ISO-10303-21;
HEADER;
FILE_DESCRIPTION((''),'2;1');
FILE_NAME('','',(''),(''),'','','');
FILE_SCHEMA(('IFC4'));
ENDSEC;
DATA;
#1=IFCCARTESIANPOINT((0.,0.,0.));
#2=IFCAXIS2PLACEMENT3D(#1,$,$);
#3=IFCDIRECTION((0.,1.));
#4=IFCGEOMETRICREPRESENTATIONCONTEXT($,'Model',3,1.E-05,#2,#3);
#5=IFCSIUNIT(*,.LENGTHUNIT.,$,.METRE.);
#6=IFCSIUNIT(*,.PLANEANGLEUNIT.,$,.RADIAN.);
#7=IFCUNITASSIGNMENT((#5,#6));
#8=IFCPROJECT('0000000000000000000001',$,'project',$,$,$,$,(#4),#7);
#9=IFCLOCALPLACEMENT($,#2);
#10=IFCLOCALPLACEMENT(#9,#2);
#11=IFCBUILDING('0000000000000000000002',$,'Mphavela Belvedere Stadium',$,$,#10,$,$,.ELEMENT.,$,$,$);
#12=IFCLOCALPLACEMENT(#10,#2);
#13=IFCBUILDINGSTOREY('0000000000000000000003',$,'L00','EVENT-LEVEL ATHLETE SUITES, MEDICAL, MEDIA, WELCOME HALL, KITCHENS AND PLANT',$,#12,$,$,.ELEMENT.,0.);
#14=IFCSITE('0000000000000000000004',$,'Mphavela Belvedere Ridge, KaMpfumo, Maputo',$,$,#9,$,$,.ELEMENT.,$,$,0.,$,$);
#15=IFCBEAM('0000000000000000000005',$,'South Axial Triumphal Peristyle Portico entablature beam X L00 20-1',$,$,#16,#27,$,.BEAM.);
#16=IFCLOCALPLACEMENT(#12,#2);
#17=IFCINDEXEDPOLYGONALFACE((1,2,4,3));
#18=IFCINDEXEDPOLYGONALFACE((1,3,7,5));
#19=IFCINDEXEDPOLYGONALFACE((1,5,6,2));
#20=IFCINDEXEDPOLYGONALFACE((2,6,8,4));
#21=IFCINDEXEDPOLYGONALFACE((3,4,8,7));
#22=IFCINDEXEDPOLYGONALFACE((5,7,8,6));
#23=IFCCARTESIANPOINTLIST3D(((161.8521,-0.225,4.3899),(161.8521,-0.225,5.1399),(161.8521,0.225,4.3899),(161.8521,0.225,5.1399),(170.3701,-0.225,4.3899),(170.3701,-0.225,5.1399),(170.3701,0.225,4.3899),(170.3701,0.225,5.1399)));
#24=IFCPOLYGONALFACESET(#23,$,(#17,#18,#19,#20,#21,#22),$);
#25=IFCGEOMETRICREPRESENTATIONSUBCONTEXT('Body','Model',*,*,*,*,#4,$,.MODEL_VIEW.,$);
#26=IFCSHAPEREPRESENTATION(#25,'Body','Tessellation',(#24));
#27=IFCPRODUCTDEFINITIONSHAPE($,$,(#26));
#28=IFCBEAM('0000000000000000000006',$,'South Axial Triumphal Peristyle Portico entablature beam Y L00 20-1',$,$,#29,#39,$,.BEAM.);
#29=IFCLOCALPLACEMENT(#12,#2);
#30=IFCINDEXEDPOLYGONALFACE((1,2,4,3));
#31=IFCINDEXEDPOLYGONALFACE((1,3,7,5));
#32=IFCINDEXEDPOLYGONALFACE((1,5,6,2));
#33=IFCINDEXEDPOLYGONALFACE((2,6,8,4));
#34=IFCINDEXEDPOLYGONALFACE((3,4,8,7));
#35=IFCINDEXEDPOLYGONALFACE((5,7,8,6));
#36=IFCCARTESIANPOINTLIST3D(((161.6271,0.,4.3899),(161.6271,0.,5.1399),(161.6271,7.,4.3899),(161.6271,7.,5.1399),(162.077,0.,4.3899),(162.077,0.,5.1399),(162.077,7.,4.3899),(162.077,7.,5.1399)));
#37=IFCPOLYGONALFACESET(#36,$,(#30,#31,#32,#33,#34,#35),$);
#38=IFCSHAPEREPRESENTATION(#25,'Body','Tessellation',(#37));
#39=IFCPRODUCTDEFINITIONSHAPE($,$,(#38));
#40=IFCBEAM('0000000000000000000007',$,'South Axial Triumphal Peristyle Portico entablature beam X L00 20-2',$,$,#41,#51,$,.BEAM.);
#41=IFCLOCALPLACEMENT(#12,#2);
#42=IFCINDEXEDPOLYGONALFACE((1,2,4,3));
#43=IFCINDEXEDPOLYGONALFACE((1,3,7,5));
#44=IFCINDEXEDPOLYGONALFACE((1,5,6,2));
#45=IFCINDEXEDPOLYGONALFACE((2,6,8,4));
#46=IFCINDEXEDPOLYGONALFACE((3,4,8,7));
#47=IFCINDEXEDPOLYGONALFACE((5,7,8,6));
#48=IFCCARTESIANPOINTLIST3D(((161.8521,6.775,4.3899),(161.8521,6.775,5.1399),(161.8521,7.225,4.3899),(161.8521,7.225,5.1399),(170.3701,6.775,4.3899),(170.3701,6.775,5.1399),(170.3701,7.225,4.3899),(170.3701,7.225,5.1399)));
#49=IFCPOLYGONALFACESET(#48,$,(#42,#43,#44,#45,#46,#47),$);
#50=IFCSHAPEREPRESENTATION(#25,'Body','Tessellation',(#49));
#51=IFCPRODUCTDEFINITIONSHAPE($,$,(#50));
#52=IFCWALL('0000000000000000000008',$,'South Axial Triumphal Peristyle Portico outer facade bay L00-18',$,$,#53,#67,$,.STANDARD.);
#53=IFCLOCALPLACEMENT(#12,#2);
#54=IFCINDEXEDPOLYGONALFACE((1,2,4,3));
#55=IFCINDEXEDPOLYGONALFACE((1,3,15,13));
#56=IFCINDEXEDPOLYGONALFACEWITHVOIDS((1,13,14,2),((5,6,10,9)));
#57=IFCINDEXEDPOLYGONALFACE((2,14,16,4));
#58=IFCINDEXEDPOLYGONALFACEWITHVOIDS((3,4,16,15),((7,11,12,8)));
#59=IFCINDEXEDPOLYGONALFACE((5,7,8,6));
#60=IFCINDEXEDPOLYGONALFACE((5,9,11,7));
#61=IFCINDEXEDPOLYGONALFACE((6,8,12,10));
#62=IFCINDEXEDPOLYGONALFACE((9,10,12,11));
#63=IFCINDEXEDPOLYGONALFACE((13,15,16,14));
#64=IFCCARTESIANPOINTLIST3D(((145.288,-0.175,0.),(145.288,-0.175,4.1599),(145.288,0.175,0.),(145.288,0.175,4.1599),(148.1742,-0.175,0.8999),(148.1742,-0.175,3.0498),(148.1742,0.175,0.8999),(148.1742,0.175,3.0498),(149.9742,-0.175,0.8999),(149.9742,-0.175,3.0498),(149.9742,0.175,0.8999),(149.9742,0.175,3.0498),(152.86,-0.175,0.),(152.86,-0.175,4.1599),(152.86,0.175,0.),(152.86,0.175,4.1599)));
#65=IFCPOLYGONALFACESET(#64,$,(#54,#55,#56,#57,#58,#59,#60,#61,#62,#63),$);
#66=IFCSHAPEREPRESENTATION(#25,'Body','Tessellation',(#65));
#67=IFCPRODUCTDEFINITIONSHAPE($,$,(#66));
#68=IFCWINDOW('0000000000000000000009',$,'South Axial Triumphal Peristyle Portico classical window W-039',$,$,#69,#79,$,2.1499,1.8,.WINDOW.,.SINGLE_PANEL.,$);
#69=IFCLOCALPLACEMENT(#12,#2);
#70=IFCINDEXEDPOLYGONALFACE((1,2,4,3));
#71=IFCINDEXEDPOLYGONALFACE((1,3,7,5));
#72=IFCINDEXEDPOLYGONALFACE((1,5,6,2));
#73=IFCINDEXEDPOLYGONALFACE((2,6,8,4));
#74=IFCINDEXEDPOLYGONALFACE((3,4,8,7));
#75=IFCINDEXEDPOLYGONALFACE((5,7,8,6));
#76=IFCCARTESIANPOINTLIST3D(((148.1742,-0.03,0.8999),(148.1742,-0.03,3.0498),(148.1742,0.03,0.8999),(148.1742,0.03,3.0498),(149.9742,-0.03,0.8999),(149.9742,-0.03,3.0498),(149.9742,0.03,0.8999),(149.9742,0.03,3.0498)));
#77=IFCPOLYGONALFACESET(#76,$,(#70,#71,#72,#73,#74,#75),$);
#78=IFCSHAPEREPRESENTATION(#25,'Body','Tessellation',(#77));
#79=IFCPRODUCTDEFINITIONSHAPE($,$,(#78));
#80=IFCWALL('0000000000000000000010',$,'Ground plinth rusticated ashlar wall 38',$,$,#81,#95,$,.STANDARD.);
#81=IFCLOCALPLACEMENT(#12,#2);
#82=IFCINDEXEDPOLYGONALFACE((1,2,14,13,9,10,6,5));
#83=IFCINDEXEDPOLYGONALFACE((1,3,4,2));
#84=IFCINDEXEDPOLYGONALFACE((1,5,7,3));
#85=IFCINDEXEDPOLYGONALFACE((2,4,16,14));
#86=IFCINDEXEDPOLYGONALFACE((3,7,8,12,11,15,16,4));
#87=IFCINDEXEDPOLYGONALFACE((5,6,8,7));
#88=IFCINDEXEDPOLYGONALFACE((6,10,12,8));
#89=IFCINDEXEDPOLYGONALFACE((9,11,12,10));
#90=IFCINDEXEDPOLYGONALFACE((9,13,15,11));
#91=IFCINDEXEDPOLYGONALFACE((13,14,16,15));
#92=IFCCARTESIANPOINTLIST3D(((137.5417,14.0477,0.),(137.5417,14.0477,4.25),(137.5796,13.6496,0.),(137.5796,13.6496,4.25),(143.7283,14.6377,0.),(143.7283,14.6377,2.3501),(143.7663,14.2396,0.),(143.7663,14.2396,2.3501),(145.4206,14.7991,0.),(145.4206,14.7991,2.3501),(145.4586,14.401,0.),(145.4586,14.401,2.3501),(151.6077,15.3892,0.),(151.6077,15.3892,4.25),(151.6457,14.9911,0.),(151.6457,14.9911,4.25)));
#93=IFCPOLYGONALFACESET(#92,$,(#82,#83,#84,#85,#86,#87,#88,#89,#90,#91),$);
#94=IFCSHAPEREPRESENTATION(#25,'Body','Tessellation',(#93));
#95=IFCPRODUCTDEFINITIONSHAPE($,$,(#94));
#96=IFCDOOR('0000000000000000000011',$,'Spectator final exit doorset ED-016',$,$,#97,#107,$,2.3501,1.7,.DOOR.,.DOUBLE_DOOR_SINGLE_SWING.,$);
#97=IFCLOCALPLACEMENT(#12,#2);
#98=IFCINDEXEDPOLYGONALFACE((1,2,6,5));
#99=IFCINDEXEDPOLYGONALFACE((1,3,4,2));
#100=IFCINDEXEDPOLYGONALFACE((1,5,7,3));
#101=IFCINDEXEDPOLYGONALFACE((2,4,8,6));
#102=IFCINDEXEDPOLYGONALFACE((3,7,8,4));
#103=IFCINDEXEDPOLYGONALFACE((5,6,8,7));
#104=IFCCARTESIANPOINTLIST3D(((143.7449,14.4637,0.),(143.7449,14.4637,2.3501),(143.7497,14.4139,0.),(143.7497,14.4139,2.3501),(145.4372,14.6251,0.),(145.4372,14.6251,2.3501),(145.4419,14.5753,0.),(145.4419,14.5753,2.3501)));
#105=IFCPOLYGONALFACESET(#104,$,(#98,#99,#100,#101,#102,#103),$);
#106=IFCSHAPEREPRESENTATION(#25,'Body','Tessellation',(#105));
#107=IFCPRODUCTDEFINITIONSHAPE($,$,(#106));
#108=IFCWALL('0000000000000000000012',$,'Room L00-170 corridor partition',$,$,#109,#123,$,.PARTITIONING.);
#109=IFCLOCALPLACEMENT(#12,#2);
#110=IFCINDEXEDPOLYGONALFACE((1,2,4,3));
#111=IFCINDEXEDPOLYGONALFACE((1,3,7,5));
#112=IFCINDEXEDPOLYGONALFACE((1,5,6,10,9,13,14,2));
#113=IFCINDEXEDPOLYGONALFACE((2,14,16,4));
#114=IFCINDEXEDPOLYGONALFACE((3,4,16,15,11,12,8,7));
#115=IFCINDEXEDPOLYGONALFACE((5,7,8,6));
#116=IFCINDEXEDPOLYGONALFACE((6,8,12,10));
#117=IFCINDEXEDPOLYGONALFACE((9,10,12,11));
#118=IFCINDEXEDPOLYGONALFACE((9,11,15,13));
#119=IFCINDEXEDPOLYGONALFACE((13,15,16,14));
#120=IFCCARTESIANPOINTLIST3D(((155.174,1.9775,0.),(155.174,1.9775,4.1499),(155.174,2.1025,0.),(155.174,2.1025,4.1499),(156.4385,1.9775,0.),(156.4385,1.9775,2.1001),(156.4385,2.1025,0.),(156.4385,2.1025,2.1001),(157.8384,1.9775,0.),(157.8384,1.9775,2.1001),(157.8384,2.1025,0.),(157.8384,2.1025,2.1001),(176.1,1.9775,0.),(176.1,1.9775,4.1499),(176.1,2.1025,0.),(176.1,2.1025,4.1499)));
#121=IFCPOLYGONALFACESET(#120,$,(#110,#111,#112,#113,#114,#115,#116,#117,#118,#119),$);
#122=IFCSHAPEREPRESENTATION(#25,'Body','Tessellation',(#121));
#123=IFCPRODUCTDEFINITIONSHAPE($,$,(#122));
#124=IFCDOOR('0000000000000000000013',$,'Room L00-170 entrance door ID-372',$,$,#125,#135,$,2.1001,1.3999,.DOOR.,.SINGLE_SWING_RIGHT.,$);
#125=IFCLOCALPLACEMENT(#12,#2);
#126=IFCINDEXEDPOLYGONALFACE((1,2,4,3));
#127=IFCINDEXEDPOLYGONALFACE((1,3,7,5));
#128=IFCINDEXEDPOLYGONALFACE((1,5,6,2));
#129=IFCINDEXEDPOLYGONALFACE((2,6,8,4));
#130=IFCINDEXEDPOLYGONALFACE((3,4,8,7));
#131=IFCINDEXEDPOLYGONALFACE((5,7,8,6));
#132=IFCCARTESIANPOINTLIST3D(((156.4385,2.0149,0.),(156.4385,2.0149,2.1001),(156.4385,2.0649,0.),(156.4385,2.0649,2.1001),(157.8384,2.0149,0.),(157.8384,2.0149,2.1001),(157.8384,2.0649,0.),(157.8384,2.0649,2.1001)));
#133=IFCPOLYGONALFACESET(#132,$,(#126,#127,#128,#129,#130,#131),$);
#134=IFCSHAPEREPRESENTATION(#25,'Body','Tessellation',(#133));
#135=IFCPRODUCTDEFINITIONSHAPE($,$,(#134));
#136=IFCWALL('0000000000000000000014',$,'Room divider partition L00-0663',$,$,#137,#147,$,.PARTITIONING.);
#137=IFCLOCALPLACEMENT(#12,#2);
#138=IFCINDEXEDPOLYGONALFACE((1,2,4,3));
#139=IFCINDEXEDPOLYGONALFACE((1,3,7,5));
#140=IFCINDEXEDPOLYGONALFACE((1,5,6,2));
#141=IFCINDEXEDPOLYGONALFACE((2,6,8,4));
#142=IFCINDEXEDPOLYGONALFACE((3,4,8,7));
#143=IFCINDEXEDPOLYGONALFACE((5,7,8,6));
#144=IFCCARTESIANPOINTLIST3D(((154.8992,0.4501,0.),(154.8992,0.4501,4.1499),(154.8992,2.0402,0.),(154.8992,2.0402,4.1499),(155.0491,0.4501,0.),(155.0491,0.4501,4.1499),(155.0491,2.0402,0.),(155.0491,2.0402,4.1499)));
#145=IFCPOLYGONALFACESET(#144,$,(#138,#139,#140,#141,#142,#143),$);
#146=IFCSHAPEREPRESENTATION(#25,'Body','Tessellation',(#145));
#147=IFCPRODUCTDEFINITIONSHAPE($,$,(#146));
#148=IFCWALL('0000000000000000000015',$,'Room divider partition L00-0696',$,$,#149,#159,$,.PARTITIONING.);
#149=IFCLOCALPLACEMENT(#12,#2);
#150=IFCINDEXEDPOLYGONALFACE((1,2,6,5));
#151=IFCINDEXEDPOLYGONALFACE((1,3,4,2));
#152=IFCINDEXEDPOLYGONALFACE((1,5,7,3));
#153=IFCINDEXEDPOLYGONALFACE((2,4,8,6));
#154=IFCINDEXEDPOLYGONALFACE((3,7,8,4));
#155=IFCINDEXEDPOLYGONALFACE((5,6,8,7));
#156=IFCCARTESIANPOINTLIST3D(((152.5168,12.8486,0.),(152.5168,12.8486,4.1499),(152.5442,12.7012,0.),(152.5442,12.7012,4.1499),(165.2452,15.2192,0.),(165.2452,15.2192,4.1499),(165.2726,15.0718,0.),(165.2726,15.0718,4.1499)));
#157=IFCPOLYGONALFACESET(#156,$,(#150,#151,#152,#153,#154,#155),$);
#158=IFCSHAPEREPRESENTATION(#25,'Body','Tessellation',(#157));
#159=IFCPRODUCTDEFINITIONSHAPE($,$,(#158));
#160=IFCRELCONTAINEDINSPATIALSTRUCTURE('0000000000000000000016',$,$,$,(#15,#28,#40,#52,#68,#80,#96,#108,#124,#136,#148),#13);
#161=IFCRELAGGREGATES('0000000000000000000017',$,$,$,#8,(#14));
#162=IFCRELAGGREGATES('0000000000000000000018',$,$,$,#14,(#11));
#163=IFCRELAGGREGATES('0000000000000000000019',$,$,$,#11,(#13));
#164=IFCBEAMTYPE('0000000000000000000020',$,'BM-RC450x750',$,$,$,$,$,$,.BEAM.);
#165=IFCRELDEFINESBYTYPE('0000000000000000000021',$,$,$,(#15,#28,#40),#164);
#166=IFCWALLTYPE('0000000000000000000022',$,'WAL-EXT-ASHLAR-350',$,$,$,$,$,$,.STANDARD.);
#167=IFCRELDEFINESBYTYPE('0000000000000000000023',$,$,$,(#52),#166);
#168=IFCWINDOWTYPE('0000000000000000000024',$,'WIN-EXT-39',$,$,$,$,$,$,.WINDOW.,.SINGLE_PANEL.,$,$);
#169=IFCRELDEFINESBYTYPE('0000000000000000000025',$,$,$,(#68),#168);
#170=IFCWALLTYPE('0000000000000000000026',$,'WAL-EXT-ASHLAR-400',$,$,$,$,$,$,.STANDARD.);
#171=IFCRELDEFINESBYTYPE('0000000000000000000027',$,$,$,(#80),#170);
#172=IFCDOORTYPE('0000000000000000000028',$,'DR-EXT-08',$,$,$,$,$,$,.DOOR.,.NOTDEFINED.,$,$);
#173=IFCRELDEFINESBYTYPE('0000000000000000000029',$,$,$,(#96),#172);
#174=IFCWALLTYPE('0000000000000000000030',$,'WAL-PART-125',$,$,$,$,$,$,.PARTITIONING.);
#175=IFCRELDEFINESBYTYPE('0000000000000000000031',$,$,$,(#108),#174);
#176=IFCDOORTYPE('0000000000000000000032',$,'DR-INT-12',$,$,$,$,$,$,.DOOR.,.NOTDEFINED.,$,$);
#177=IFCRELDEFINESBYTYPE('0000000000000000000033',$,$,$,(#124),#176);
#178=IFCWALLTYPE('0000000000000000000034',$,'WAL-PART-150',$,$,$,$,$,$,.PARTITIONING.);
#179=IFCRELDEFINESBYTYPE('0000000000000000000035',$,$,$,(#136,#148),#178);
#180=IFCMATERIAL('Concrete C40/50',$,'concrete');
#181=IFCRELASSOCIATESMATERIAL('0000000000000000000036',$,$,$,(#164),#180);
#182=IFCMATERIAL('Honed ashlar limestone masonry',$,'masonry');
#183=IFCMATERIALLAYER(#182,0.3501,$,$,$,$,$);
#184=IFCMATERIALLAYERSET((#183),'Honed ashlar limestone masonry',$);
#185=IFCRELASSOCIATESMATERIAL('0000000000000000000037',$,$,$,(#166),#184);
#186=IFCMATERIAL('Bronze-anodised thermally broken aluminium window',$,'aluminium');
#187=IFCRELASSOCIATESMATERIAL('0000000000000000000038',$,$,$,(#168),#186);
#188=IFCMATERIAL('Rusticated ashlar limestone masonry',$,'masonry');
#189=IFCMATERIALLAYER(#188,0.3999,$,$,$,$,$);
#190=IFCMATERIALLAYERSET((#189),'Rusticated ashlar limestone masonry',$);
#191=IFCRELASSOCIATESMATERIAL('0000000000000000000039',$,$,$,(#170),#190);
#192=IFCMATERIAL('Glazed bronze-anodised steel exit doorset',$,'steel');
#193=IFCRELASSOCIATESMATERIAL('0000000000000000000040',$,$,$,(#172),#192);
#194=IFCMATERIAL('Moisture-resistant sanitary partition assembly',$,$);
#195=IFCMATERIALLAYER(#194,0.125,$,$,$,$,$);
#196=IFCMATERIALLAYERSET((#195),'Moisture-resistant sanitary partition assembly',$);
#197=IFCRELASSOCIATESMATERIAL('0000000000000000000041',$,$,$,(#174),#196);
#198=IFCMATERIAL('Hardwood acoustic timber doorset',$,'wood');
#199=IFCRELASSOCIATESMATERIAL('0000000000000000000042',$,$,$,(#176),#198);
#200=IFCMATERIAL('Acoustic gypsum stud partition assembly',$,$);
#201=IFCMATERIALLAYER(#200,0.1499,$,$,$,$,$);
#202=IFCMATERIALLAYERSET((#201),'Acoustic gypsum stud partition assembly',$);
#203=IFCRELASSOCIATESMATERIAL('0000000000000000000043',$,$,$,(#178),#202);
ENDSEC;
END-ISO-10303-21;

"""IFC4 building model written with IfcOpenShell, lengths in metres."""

from ifc_helpers import new_model, si_unit, direction, frame, frame_2d, origin, origin_2d, place, context, subcontext, project, spatial, rectangle, extrude, material, layer, layer_set, material_profile, profile_set, type_object, element, fill, save


model = new_model("IFC4")

# Units and contexts
model_context = context("Model", 3, precision=1e-05, world=origin(), true_north=direction((0.0, 1.0)))
body_context = subcontext(model_context, "Body", "Model", "MODEL_VIEW")
ifc_project = project(units=[si_unit("LENGTHUNIT", "METRE"), si_unit("PLANEANGLEUNIT", "RADIAN")], contexts=[model_context])

# Site, building, storey
site_placement = place(None, origin())
site = spatial("IfcSite", under=ifc_project, at=site_placement, Name="Mphavela Belvedere Ridge, KaMpfumo, Maputo", CompositionType="ELEMENT", RefElevation=0.0)
building_placement = place(site_placement, origin())
building = spatial("IfcBuilding", under=site, at=building_placement, Name="Mphavela Belvedere Stadium", CompositionType="ELEMENT")
storey_placement = place(building_placement, origin())
storey = spatial("IfcBuildingStorey", under=building, at=storey_placement, Name="L00", Description="EVENT-LEVEL ATHLETE SUITES, MEDICAL, MEDIA, WELCOME HALL, KITCHENS AND PLANT", CompositionType="ELEMENT", Elevation=0.0)

# Beams
ifc_material_1 = material(Name="Concrete C40/50", Category="concrete")
ifc_material_profile_1 = material_profile(ifc_material_1, rectangle(XDim=0.45, YDim=0.75, at=origin_2d()), Name="RC 450x750")
ifc_profile_set_1 = profile_set([ifc_material_profile_1], Name="Concrete C40/50")
beam_type_1 = type_object("IfcBeamType", Name="BM-RC450x750", PredefinedType="BEAM", material=ifc_profile_set_1)
beam_1_placement = place(storey_placement, frame((161.8521, 0.0, 4.7649), z_axis=(1.0, 0.0, 0.0), x_axis=(0.0, 1.0, 0.0)))
element("IfcBeam", 1, at=beam_1_placement, inside=storey, type_object=beam_type_1, Name="South Axial Triumphal Peristyle Portico entablature beam X L00 20-1", PredefinedType="BEAM", context=body_context, shape_type="SweptSolid", body=[
    extrude(rectangle(XDim=0.45, YDim=0.75, at=origin_2d()), origin(), (0.0, 0.0, 1.0), 8.5181),
])
beam_2_placement = place(storey_placement, frame((161.8521, 0.0, 4.7649), z_axis=(0.0, 1.0, 0.0), x_axis=(-1.0, 0.0, 0.0)))
element("IfcBeam", 2, at=beam_2_placement, inside=storey, type_object=beam_type_1, Name="South Axial Triumphal Peristyle Portico entablature beam Y L00 20-1", PredefinedType="BEAM", context=body_context, shape_type="SweptSolid", body=[
    extrude(rectangle(XDim=0.45, YDim=0.75, at=origin_2d()), origin(), (0.0, 0.0, 1.0), 7.0),
])
beam_3_placement = place(storey_placement, frame((161.8521, 7.0, 4.7649), z_axis=(1.0, 0.0, 0.0), x_axis=(0.0, 1.0, 0.0)))
element("IfcBeam", 3, at=beam_3_placement, inside=storey, type_object=beam_type_1, Name="South Axial Triumphal Peristyle Portico entablature beam X L00 20-2", PredefinedType="BEAM", context=body_context, shape_type="SweptSolid", body=[
    extrude(rectangle(XDim=0.45, YDim=0.75, at=origin_2d()), origin(), (0.0, 0.0, 1.0), 8.5181),
])

# Wall, opening, window
ifc_material_2 = material(Name="Honed ashlar limestone masonry", Category="masonry")
ifc_layer_1 = layer(ifc_material_2, 0.3501)
ifc_layer_set_1 = layer_set([ifc_layer_1], Name="Honed ashlar limestone masonry")
wall_type_1 = type_object("IfcWallType", Name="WAL-EXT-ASHLAR-350", PredefinedType="STANDARD", material=ifc_layer_set_1)
wall_1_placement = place(storey_placement, frame((152.8601, 0.0, 0.0), z_axis=(0.0, 0.0, 1.0), x_axis=(-1.0, 0.0, 0.0)))
wall_1 = element("IfcWall", 4, at=wall_1_placement, inside=storey, type_object=wall_type_1, Name="South Axial Triumphal Peristyle Portico outer facade bay L00-18", PredefinedType="STANDARD", context=body_context, shape_type="SweptSolid", body=[
    extrude(rectangle(XDim=7.572, YDim=0.3501, at=frame_2d((3.7861, 0.0))), origin(), (0.0, 0.0, 1.0), 4.1599),
])
opening_1_placement = place(wall_1_placement, frame((2.886, 0.0, 0.8999)))
opening_1 = element("IfcOpeningElement", 5, at=opening_1_placement, cuts=wall_1, PredefinedType="OPENING", context=body_context, shape_type="SweptSolid", body=[
    extrude(rectangle(XDim=1.8, YDim=2.1499, at=frame_2d((0.8999, 1.075))), frame((0.0, 0.1851, 0.0), z_axis=(0.0, -1.0, 0.0), x_axis=(1.0, 0.0, 0.0)), (0.0, 0.0, 1.0), 0.3701),
])
ifc_material_3 = material(Name="Bronze-anodised thermally broken aluminium window", Category="aluminium")
window_type = type_object("IfcWindowType", Name="WIN-EXT-39", PartitioningType="SINGLE_PANEL", PredefinedType="WINDOW", material=ifc_material_3)
window_placement = place(opening_1_placement, origin())
window = element("IfcWindow", 6, at=window_placement, inside=storey, type_object=window_type, Name="South Axial Triumphal Peristyle Portico classical window W-039", OverallHeight=2.1499, OverallWidth=1.8, PartitioningType="SINGLE_PANEL", PredefinedType="WINDOW", context=body_context, shape_type="SweptSolid", body=[
    extrude(rectangle(XDim=1.8, YDim=2.1499, at=frame_2d((0.8999, 1.075))), frame((0.0, 0.03, 0.0), z_axis=(0.0, -1.0, 0.0), x_axis=(1.0, 0.0, 0.0)), (0.0, 0.0, 1.0), 0.0601),
])
fill(opening_1, window)

# Walls, openings, doors
ifc_material_4 = material(Name="Rusticated ashlar limestone masonry", Category="masonry")
ifc_layer_2 = layer(ifc_material_4, 0.3999)
ifc_layer_set_2 = layer_set([ifc_layer_2], Name="Rusticated ashlar limestone masonry")
wall_type_2 = type_object("IfcWallType", Name="WAL-EXT-ASHLAR-400", PredefinedType="STANDARD", material=ifc_layer_set_2)
wall_2_placement = place(storey_placement, frame((151.6267, 15.1902, 0.0), z_axis=(0.0, 0.0, 1.0), x_axis=(-0.995483, -0.094944, 0.0)))
wall_2 = element("IfcWall", 7, at=wall_2_placement, inside=storey, type_object=wall_type_2, Name="Ground plinth rusticated ashlar wall 38", PredefinedType="STANDARD", context=body_context, shape_type="SweptSolid", body=[
    extrude(rectangle(XDim=14.1299, YDim=0.3999, at=frame_2d((7.0649, 0.0))), origin(), (0.0, 0.0, 1.0), 4.25),
])
opening_2_placement = place(wall_2_placement, frame((6.2151, 0.0, 0.0)))
opening_2 = element("IfcOpeningElement", 8, at=opening_2_placement, cuts=wall_2, PredefinedType="OPENING", context=body_context, shape_type="SweptSolid", body=[
    extrude(rectangle(XDim=1.7, YDim=2.3501, at=frame_2d((0.8501, 1.175))), frame((0.0, 0.21, 0.0), z_axis=(0.0, -1.0, 0.0), x_axis=(1.0, 0.0, 0.0)), (0.0, 0.0, 1.0), 0.4199),
])
ifc_material_5 = material(Name="Glazed bronze-anodised steel exit doorset", Category="steel")
door_type_1 = type_object("IfcDoorType", Name="DR-EXT-08", OperationType="NOTDEFINED", PredefinedType="DOOR", material=ifc_material_5)
door_1_placement = place(opening_2_placement, origin())
door_1 = element("IfcDoor", 9, at=door_1_placement, inside=storey, type_object=door_type_1, Name="Spectator final exit doorset ED-016", OperationType="DOUBLE_DOOR_SINGLE_SWING", OverallHeight=2.3501, OverallWidth=1.7, PredefinedType="DOOR", context=body_context, shape_type="SweptSolid", body=[
    extrude(rectangle(XDim=1.7, YDim=2.3501, at=frame_2d((0.8501, 1.175))), frame((0.0, 0.0249, 0.0), z_axis=(0.0, -1.0, 0.0), x_axis=(1.0, 0.0, 0.0)), (0.0, 0.0, 1.0), 0.05),
])
fill(opening_2, door_1)
ifc_material_6 = material(Name="Moisture-resistant sanitary partition assembly")
ifc_layer_3 = layer(ifc_material_6, 0.125)
ifc_layer_set_3 = layer_set([ifc_layer_3], Name="Moisture-resistant sanitary partition assembly")
wall_type_3 = type_object("IfcWallType", Name="WAL-PART-125", PredefinedType="PARTITIONING", material=ifc_layer_set_3)
wall_3_placement = place(storey_placement, frame((155.1741, 2.04, 0.0), z_axis=(0.0, 0.0, 1.0), x_axis=(1.0, 0.0, 0.0)))
wall_3 = element("IfcWall", 10, at=wall_3_placement, inside=storey, type_object=wall_type_3, Name="Room L00-170 corridor partition", PredefinedType="PARTITIONING", context=body_context, shape_type="SweptSolid", body=[
    extrude(rectangle(XDim=20.926, YDim=0.125, at=frame_2d((10.4629, 0.0))), origin(), (0.0, 0.0, 1.0), 4.1499),
])
opening_3_placement = place(wall_3_placement, frame((1.2644, 0.0, 0.0)))
opening_3 = element("IfcOpeningElement", 11, at=opening_3_placement, cuts=wall_3, PredefinedType="OPENING", context=body_context, shape_type="SweptSolid", body=[
    extrude(rectangle(XDim=1.3999, YDim=2.1001, at=frame_2d((0.7, 1.05))), frame((0.0, 0.0725, 0.0), z_axis=(0.0, -1.0, 0.0), x_axis=(1.0, 0.0, 0.0)), (0.0, 0.0, 1.0), 0.145),
])
ifc_material_7 = material(Name="Hardwood acoustic timber doorset", Category="wood")
door_type_2 = type_object("IfcDoorType", Name="DR-INT-12", OperationType="NOTDEFINED", PredefinedType="DOOR", material=ifc_material_7)
door_2_placement = place(opening_3_placement, origin())
door_2 = element("IfcDoor", 12, at=door_2_placement, inside=storey, type_object=door_type_2, Name="Room L00-170 entrance door ID-372", OperationType="SINGLE_SWING_RIGHT", OverallHeight=2.1001, OverallWidth=1.3999, PredefinedType="DOOR", context=body_context, shape_type="SweptSolid", body=[
    extrude(rectangle(XDim=1.3999, YDim=2.1001, at=frame_2d((0.7, 1.05))), frame((0.0, 0.0249, 0.0), z_axis=(0.0, -1.0, 0.0), x_axis=(1.0, 0.0, 0.0)), (0.0, 0.0, 1.0), 0.05),
])
fill(opening_3, door_2)

# Walls
ifc_material_8 = material(Name="Acoustic gypsum stud partition assembly")
ifc_layer_4 = layer(ifc_material_8, 0.1499)
ifc_layer_set_4 = layer_set([ifc_layer_4], Name="Acoustic gypsum stud partition assembly")
wall_type_4 = type_object("IfcWallType", Name="WAL-PART-150", PredefinedType="PARTITIONING", material=ifc_layer_set_4)
wall_4_placement = place(storey_placement, frame((154.9741, 2.04, 0.0), z_axis=(0.0, 0.0, 1.0), x_axis=(0.0, -1.0, 0.0)))
element("IfcWall", 13, at=wall_4_placement, inside=storey, type_object=wall_type_4, Name="Room divider partition L00-0663", PredefinedType="PARTITIONING", context=body_context, shape_type="SweptSolid", body=[
    extrude(rectangle(XDim=1.5901, YDim=0.1499, at=frame_2d((0.7949, 0.0))), origin(), (0.0, 0.0, 1.0), 4.1499),
])
wall_5_placement = place(storey_placement, frame((152.5305, 12.7749, 0.0), z_axis=(0.0, 0.0, 1.0), x_axis=(0.983095, 0.183099, 0.0)))
element("IfcWall", 14, at=wall_5_placement, inside=storey, type_object=wall_type_4, Name="Room divider partition L00-0696", PredefinedType="PARTITIONING", context=body_context, shape_type="SweptSolid", body=[
    extrude(rectangle(XDim=12.9473, YDim=0.1499, at=frame_2d((6.4736, 0.0))), origin(), (0.0, 0.0, 1.0), 4.1499),
])

save(model, "model.ifc")
